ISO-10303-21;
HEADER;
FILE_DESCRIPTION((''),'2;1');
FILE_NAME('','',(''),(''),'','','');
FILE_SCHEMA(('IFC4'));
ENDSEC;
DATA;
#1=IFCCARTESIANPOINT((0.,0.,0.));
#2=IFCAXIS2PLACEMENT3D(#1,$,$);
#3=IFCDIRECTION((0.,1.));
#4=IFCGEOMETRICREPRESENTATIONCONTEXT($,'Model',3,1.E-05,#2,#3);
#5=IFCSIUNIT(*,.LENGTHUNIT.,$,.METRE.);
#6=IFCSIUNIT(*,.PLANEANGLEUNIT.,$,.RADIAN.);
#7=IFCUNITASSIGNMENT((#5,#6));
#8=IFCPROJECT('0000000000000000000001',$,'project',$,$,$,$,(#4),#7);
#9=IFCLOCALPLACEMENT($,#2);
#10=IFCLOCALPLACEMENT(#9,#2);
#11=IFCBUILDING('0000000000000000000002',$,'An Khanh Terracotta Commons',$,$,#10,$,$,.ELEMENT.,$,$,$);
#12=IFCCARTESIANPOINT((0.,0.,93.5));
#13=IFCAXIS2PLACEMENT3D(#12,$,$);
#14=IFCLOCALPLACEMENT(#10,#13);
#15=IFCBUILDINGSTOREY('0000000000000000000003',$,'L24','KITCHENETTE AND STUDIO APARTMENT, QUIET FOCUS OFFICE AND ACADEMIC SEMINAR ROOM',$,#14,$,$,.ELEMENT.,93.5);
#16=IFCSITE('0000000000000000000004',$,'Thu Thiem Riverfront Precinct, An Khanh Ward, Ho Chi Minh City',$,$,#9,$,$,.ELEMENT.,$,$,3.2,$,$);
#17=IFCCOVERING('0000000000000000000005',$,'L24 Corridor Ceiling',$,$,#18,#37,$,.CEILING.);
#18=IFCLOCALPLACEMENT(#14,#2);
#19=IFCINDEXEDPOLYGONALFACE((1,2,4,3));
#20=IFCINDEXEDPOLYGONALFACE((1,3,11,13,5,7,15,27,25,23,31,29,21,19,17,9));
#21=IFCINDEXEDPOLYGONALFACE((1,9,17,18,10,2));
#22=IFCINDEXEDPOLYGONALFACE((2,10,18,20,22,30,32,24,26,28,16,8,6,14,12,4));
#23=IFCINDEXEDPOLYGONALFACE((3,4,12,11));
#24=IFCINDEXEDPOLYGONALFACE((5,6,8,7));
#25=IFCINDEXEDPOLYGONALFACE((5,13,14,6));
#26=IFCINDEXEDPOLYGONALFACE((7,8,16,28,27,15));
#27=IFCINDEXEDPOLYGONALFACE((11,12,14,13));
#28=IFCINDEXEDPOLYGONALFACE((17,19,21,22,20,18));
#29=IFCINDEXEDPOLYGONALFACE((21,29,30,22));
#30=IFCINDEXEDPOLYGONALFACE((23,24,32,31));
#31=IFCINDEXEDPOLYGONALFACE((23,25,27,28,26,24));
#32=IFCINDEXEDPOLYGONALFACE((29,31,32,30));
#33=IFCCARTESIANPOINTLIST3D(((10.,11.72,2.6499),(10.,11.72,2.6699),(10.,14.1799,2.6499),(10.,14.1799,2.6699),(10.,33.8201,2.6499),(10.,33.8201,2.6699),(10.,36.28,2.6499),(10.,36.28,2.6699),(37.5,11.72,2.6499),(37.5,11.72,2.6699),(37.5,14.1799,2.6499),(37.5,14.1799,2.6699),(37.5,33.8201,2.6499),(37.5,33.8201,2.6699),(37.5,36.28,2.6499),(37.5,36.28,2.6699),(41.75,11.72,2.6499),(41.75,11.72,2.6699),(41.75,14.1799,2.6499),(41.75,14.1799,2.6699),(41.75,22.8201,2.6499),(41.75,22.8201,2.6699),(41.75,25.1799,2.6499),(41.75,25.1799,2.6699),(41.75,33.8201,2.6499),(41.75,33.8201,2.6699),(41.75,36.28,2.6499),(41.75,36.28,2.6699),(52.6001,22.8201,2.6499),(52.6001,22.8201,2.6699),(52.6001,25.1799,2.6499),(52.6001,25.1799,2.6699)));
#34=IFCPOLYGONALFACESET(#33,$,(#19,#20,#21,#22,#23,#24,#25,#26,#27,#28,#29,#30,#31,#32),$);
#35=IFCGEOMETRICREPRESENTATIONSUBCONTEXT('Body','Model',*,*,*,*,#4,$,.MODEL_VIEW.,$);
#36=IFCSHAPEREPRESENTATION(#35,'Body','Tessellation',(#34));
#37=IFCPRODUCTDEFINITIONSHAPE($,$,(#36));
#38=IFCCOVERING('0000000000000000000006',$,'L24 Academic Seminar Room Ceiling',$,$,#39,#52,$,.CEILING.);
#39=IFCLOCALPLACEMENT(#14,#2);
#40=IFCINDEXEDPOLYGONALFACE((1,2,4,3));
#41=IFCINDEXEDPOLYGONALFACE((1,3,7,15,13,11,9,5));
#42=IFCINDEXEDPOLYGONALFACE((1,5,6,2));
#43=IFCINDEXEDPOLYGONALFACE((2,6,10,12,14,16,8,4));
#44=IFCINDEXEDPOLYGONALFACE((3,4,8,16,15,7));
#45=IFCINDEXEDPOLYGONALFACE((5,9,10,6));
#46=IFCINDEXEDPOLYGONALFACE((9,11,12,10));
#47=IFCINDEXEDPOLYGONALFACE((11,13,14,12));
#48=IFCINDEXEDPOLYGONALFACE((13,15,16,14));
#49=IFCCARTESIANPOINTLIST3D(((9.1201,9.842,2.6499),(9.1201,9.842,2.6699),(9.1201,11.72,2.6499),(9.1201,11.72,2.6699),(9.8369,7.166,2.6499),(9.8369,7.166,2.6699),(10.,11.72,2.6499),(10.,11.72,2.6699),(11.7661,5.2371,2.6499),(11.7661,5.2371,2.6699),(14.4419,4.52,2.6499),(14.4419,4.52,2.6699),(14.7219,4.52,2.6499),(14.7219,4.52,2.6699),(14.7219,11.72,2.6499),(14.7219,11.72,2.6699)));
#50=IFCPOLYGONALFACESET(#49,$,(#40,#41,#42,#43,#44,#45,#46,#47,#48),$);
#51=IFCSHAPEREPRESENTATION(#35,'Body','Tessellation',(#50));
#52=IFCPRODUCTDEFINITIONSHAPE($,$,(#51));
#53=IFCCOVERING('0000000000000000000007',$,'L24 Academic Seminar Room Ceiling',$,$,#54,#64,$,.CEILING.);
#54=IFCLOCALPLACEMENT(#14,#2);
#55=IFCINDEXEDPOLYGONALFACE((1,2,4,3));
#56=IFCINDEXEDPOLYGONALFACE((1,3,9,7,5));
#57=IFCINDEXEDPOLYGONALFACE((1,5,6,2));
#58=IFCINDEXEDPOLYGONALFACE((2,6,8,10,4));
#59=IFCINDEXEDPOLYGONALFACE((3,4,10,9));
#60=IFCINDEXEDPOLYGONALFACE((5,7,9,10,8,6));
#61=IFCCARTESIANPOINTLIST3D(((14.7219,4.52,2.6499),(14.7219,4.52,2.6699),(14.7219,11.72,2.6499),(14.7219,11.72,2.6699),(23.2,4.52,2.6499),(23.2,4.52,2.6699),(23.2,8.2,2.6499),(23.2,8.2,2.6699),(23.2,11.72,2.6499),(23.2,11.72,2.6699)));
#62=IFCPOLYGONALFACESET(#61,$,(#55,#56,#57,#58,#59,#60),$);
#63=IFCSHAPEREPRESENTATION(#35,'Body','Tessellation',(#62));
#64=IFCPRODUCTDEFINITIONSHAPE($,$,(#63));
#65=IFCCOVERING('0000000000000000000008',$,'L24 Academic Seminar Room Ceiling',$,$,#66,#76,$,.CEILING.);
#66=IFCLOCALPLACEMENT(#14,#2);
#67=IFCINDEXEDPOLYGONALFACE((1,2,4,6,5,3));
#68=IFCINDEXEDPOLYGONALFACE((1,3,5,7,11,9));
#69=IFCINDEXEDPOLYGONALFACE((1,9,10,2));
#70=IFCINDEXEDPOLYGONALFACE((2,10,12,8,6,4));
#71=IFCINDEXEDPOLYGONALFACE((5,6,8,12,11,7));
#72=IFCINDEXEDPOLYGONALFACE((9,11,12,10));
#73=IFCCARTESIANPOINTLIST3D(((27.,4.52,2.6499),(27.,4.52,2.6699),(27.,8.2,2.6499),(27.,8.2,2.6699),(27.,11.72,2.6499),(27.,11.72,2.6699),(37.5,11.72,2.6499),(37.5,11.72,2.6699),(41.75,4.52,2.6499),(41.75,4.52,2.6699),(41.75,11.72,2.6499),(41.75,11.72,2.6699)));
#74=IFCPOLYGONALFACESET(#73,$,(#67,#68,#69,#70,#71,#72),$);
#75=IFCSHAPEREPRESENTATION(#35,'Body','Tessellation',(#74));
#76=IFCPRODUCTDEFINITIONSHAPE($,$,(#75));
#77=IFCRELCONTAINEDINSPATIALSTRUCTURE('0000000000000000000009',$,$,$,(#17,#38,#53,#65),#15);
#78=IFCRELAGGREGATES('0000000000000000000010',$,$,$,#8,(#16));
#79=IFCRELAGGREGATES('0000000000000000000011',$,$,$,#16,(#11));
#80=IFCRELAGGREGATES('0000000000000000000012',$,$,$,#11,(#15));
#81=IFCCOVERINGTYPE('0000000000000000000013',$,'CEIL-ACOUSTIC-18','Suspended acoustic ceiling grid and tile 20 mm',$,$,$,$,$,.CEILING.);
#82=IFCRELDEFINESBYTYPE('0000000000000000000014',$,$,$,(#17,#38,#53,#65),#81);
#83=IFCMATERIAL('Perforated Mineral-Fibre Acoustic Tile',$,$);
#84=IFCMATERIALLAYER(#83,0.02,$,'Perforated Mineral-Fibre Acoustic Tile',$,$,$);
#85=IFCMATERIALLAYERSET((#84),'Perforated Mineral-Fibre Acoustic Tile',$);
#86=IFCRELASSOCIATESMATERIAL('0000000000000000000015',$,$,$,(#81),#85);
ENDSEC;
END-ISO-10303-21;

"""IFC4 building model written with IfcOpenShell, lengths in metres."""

from ifc_helpers import new_model, si_unit, direction, frame, origin, place, context, subcontext, project, spatial, polyline, outline, extrude, material, layer, layer_set, type_object, element, save


model = new_model("IFC4")

# Units and contexts
model_context = context("Model", 3, precision=1e-05, world=origin(), true_north=direction((0.0, 1.0)))
body_context = subcontext(model_context, "Body", "Model", "MODEL_VIEW")
ifc_project = project(units=[si_unit("LENGTHUNIT", "METRE"), si_unit("PLANEANGLEUNIT", "RADIAN")], contexts=[model_context])

# Site, building, storey
site_placement = place(None, origin())
site = spatial("IfcSite", under=ifc_project, at=site_placement, Name="Thu Thiem Riverfront Precinct, An Khanh Ward, Ho Chi Minh City", CompositionType="ELEMENT", RefElevation=3.2)
building_placement = place(site_placement, origin())
building = spatial("IfcBuilding", under=site, at=building_placement, Name="An Khanh Terracotta Commons", CompositionType="ELEMENT")
storey_placement = place(building_placement, frame((0.0, 0.0, 93.5)))
storey = spatial("IfcBuildingStorey", under=building, at=storey_placement, Name="L24", Description="KITCHENETTE AND STUDIO APARTMENT, QUIET FOCUS OFFICE AND ACADEMIC SEMINAR ROOM", CompositionType="ELEMENT", Elevation=93.5)

# Coverings
ifc_material_1 = material(Name="Perforated Mineral-Fibre Acoustic Tile")
ifc_layer_1 = layer(ifc_material_1, 0.02, Name="Perforated Mineral-Fibre Acoustic Tile")
ifc_layer_set_1 = layer_set([ifc_layer_1], Name="Perforated Mineral-Fibre Acoustic Tile")
covering_type = type_object("IfcCoveringType", Name="CEIL-ACOUSTIC-18", Description="Suspended acoustic ceiling grid and tile 20 mm", PredefinedType="CEILING", material=ifc_layer_set_1)
covering_1_placement = place(storey_placement, frame((0.0, 0.0, 2.6499)))
element("IfcCovering", 1, at=covering_1_placement, inside=storey, type_object=covering_type, Name="L24 Corridor Ceiling", PredefinedType="CEILING", context=body_context, shape_type="SweptSolid", body=[
    extrude(outline(polyline([(10.0, 11.72), (10.0, 14.1799), (37.5, 14.1799), (37.5, 33.8201), (10.0, 33.8201), (10.0, 36.28), (37.5, 36.28), (41.75, 36.28), (41.75, 33.8201), (41.75, 25.1799), (52.6001, 25.1799), (52.6001, 22.8201), (41.75, 22.8201), (41.75, 14.1799), (41.75, 11.72), (37.5, 11.72), (10.0, 11.72)])), origin(), (0.0, 0.0, 1.0), 0.02),
])
covering_2_placement = place(storey_placement, frame((0.0, 0.0, 2.6499)))
element("IfcCovering", 2, at=covering_2_placement, inside=storey, type_object=covering_type, Name="L24 Academic Seminar Room Ceiling", PredefinedType="CEILING", context=body_context, shape_type="SweptSolid", body=[
    extrude(outline(polyline([(14.4419, 4.52), (11.7661, 5.2371), (9.8369, 7.166), (9.1201, 9.842), (9.1201, 11.72), (10.0, 11.72), (14.7219, 11.72), (14.7219, 4.52), (14.4419, 4.52)])), origin(), (0.0, 0.0, 1.0), 0.02),
])
covering_3_placement = place(storey_placement, frame((0.0, 0.0, 2.6499)))
element("IfcCovering", 3, at=covering_3_placement, inside=storey, type_object=covering_type, Name="L24 Academic Seminar Room Ceiling", PredefinedType="CEILING", context=body_context, shape_type="SweptSolid", body=[
    extrude(outline(polyline([(14.7219, 4.52), (14.7219, 11.72), (23.2, 11.72), (23.2, 8.2), (23.2, 4.52), (14.7219, 4.52)])), origin(), (0.0, 0.0, 1.0), 0.02),
])
covering_4_placement = place(storey_placement, frame((0.0, 0.0, 2.6499)))
element("IfcCovering", 4, at=covering_4_placement, inside=storey, type_object=covering_type, Name="L24 Academic Seminar Room Ceiling", PredefinedType="CEILING", context=body_context, shape_type="SweptSolid", body=[
    extrude(outline(polyline([(27.0, 4.52), (27.0, 8.2), (27.0, 11.72), (37.5, 11.72), (41.75, 11.72), (41.75, 4.52), (27.0, 4.52)])), origin(), (0.0, 0.0, 1.0), 0.02),
])

save(model, "model.ifc")
